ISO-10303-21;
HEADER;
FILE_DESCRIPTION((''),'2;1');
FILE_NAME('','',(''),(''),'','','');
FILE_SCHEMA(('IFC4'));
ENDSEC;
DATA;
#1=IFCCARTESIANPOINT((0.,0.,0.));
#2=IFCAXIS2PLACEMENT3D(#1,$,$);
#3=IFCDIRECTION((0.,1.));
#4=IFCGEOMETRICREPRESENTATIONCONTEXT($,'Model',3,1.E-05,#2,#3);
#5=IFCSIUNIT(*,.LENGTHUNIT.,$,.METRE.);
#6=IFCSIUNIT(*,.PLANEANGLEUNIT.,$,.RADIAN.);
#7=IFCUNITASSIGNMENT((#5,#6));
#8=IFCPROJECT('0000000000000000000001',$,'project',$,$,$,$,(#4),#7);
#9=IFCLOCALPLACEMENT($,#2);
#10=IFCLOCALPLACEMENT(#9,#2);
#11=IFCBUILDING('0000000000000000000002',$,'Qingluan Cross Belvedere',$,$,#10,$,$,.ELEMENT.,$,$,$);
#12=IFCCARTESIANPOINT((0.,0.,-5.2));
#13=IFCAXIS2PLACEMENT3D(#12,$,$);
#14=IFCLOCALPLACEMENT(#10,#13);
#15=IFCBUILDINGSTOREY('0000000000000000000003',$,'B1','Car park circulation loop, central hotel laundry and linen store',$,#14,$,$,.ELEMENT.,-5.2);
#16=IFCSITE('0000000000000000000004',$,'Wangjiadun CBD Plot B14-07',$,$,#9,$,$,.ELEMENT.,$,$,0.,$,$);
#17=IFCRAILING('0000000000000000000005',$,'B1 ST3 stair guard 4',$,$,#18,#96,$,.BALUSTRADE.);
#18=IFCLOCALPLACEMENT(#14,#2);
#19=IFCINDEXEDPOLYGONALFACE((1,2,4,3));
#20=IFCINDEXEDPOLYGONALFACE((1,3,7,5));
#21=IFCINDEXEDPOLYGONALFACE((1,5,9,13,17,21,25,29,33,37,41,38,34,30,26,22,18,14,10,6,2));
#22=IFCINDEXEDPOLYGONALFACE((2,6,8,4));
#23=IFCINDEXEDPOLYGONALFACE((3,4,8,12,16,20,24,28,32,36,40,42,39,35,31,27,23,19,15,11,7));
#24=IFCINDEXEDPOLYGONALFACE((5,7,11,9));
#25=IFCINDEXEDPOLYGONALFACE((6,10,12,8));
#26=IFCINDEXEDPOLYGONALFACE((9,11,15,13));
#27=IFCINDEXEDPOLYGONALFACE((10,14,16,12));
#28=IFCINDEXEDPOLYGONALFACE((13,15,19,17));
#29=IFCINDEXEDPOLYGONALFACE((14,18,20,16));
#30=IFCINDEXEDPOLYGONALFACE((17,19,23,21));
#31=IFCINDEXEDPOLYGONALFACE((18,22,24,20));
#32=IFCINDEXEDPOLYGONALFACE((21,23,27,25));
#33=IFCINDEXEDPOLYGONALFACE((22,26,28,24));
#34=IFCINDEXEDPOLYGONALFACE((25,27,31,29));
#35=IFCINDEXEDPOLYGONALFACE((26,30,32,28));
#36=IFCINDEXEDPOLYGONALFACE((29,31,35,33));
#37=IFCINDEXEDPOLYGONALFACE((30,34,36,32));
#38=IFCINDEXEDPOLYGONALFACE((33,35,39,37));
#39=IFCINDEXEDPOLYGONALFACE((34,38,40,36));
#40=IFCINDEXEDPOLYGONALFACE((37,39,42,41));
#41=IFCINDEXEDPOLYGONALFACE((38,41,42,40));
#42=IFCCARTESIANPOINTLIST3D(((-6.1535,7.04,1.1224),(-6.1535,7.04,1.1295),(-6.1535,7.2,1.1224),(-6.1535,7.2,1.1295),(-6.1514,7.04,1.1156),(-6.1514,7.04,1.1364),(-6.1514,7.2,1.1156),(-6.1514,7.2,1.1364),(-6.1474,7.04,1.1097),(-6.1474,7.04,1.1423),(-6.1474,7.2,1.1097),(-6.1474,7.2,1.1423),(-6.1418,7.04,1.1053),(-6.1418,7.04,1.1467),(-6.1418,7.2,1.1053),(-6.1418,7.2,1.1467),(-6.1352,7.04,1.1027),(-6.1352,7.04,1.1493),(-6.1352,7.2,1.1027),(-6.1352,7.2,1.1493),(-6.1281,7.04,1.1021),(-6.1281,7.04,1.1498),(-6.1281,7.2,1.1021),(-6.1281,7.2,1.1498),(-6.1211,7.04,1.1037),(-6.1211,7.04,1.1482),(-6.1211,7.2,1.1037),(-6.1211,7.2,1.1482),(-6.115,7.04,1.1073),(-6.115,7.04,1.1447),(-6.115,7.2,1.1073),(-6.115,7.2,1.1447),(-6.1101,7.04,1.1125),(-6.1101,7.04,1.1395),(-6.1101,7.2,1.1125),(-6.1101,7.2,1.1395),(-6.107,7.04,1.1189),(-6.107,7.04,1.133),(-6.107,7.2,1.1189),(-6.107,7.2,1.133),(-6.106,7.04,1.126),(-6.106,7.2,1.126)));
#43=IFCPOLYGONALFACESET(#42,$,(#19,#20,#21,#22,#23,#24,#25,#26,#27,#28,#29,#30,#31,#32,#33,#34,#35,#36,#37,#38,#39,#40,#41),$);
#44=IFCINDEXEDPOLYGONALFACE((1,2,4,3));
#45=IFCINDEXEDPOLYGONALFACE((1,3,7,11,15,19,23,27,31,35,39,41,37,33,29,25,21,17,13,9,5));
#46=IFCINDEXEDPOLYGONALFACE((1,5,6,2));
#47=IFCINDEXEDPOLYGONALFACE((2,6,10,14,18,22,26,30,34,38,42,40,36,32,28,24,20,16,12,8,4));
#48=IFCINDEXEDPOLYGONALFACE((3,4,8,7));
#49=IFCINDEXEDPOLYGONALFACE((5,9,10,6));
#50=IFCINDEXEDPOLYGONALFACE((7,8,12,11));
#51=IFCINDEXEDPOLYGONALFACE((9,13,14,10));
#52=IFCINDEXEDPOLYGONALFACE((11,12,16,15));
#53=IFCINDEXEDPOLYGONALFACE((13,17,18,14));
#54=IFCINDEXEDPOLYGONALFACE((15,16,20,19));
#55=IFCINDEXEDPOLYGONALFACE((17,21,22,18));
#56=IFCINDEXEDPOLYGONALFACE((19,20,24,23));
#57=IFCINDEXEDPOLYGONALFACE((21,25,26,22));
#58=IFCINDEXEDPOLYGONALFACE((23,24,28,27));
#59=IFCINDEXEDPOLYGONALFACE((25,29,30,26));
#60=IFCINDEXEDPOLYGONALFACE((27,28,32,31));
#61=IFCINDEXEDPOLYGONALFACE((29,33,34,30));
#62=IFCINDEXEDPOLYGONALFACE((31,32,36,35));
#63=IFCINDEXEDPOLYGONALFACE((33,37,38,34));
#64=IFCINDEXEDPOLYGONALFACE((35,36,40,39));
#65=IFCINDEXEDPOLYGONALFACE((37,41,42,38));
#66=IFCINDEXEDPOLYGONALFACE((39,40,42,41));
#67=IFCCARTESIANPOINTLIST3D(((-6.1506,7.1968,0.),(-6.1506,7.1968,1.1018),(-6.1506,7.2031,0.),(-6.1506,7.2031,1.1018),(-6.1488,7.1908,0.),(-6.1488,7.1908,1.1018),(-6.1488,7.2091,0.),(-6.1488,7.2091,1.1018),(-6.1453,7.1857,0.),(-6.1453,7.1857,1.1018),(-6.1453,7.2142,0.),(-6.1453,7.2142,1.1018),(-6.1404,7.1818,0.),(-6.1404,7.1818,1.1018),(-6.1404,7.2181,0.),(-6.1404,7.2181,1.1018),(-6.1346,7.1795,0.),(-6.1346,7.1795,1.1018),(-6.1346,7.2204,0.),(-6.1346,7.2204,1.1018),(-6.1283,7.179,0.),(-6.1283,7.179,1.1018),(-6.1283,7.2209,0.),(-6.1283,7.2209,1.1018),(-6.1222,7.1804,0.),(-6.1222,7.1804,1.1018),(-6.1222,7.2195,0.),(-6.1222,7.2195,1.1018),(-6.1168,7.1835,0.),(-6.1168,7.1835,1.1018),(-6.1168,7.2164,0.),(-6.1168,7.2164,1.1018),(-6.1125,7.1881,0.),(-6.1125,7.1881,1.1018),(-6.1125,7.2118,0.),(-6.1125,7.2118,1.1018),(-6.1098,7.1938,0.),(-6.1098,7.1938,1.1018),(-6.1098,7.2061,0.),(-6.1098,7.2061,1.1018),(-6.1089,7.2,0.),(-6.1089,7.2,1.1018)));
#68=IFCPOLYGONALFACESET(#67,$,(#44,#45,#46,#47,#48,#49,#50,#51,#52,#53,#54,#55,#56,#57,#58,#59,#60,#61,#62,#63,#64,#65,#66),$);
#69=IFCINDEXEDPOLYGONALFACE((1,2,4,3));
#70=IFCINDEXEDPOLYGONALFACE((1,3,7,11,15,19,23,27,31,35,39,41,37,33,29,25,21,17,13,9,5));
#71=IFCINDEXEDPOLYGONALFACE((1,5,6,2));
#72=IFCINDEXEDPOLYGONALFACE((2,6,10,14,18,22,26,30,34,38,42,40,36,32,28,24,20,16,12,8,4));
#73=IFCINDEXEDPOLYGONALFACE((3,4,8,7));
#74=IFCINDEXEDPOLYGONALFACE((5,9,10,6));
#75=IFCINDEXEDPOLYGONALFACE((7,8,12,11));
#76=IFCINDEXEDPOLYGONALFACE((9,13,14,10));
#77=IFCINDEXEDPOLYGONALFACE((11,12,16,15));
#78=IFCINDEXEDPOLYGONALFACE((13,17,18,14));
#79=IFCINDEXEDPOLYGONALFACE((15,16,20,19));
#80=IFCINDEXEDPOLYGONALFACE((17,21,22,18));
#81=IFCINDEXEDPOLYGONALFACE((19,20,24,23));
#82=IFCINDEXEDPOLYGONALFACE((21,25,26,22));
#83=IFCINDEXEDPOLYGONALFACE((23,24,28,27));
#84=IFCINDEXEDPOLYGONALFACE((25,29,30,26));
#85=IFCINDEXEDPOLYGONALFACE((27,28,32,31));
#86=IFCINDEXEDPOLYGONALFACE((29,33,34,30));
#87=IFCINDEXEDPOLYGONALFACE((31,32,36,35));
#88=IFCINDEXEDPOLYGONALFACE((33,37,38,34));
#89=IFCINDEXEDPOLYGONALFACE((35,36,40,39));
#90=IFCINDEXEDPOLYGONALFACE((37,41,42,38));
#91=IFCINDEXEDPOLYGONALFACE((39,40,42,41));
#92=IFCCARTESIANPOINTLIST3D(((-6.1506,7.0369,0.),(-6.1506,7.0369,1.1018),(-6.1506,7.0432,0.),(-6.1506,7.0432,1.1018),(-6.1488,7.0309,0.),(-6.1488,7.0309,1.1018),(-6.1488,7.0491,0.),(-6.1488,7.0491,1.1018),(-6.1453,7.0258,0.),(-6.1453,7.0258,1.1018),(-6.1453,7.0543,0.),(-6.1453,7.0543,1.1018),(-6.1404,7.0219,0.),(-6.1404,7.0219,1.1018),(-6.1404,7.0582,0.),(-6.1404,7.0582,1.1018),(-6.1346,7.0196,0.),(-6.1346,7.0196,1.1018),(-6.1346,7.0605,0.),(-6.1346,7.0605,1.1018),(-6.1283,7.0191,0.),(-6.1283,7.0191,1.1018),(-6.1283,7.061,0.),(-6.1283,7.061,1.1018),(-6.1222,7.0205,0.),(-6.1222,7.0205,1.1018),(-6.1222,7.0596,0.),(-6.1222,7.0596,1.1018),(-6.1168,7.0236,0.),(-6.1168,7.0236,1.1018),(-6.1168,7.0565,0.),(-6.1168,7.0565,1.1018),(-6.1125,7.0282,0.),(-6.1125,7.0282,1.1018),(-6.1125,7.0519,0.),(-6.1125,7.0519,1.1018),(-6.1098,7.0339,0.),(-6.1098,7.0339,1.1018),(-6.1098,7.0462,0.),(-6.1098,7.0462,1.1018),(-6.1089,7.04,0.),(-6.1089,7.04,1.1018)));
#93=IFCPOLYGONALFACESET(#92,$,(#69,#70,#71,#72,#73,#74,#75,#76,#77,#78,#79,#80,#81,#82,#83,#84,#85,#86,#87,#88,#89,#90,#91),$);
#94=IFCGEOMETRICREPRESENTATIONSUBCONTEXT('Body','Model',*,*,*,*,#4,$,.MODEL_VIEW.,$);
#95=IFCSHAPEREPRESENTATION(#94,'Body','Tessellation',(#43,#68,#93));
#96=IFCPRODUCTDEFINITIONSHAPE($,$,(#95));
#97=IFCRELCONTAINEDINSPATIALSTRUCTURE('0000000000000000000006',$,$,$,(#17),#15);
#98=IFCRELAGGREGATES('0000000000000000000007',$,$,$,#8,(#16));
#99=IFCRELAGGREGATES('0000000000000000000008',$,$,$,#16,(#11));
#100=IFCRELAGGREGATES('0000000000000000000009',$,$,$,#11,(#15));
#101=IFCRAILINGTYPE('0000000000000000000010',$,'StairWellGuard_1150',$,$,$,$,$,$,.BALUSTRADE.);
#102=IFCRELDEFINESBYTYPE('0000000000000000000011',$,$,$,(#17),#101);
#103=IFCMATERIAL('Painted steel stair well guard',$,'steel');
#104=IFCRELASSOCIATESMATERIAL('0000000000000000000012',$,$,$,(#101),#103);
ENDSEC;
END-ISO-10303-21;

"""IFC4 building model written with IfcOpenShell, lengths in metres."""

from ifc_helpers import new_model, si_unit, direction, frame, origin, origin_2d, place, context, subcontext, project, spatial, circle, extrude, material, type_object, element, save


model = new_model("IFC4")

# Units and contexts
model_context = context("Model", 3, precision=1e-05, world=origin(), true_north=direction((0.0, 1.0)))
body_context = subcontext(model_context, "Body", "Model", "MODEL_VIEW")
ifc_project = project(units=[si_unit("LENGTHUNIT", "METRE"), si_unit("PLANEANGLEUNIT", "RADIAN")], contexts=[model_context])

# Site, building, storey
site_placement = place(None, origin())
site = spatial("IfcSite", under=ifc_project, at=site_placement, Name="Wangjiadun CBD Plot B14-07", CompositionType="ELEMENT", RefElevation=0.0)
building_placement = place(site_placement, origin())
building = spatial("IfcBuilding", under=site, at=building_placement, Name="Qingluan Cross Belvedere", CompositionType="ELEMENT")
storey_placement = place(building_placement, frame((0.0, 0.0, -5.2)))
storey = spatial("IfcBuildingStorey", under=building, at=storey_placement, Name="B1", Description="Car park circulation loop, central hotel laundry and linen store", CompositionType="ELEMENT", Elevation=-5.2)

# Railing
ifc_material_1 = material(Name="Painted steel stair well guard", Category="steel")
railing_type_1 = type_object("IfcRailingType", Name="StairWellGuard_1150", PredefinedType="BALUSTRADE", material=ifc_material_1)
railing_1_placement = place(storey_placement, frame((-6.1299, 7.2, 0.0)))
element("IfcRailing", 1, at=railing_1_placement, inside=storey, type_object=railing_type_1, Name="B1 ST3 stair guard 4", PredefinedType="BALUSTRADE", context=body_context, shape_type="SweptSolid", body=[
    extrude(circle(Radius=0.0239, at=origin_2d()), frame((0.0, 0.0, 1.126), z_axis=(0.0, -1.0, 0.0), x_axis=(1.0, 0.0, 0.0)), (0.0, 0.0, 1.0), 0.1599),
    extrude(circle(Radius=0.021, at=origin_2d()), origin(), (0.0, 0.0, 1.0), 1.1018),
    extrude(circle(Radius=0.021, at=origin_2d()), frame((0.0, -0.1599, 0.0)), (0.0, 0.0, 1.0), 1.1018),
])

save(model, "model.ifc")
